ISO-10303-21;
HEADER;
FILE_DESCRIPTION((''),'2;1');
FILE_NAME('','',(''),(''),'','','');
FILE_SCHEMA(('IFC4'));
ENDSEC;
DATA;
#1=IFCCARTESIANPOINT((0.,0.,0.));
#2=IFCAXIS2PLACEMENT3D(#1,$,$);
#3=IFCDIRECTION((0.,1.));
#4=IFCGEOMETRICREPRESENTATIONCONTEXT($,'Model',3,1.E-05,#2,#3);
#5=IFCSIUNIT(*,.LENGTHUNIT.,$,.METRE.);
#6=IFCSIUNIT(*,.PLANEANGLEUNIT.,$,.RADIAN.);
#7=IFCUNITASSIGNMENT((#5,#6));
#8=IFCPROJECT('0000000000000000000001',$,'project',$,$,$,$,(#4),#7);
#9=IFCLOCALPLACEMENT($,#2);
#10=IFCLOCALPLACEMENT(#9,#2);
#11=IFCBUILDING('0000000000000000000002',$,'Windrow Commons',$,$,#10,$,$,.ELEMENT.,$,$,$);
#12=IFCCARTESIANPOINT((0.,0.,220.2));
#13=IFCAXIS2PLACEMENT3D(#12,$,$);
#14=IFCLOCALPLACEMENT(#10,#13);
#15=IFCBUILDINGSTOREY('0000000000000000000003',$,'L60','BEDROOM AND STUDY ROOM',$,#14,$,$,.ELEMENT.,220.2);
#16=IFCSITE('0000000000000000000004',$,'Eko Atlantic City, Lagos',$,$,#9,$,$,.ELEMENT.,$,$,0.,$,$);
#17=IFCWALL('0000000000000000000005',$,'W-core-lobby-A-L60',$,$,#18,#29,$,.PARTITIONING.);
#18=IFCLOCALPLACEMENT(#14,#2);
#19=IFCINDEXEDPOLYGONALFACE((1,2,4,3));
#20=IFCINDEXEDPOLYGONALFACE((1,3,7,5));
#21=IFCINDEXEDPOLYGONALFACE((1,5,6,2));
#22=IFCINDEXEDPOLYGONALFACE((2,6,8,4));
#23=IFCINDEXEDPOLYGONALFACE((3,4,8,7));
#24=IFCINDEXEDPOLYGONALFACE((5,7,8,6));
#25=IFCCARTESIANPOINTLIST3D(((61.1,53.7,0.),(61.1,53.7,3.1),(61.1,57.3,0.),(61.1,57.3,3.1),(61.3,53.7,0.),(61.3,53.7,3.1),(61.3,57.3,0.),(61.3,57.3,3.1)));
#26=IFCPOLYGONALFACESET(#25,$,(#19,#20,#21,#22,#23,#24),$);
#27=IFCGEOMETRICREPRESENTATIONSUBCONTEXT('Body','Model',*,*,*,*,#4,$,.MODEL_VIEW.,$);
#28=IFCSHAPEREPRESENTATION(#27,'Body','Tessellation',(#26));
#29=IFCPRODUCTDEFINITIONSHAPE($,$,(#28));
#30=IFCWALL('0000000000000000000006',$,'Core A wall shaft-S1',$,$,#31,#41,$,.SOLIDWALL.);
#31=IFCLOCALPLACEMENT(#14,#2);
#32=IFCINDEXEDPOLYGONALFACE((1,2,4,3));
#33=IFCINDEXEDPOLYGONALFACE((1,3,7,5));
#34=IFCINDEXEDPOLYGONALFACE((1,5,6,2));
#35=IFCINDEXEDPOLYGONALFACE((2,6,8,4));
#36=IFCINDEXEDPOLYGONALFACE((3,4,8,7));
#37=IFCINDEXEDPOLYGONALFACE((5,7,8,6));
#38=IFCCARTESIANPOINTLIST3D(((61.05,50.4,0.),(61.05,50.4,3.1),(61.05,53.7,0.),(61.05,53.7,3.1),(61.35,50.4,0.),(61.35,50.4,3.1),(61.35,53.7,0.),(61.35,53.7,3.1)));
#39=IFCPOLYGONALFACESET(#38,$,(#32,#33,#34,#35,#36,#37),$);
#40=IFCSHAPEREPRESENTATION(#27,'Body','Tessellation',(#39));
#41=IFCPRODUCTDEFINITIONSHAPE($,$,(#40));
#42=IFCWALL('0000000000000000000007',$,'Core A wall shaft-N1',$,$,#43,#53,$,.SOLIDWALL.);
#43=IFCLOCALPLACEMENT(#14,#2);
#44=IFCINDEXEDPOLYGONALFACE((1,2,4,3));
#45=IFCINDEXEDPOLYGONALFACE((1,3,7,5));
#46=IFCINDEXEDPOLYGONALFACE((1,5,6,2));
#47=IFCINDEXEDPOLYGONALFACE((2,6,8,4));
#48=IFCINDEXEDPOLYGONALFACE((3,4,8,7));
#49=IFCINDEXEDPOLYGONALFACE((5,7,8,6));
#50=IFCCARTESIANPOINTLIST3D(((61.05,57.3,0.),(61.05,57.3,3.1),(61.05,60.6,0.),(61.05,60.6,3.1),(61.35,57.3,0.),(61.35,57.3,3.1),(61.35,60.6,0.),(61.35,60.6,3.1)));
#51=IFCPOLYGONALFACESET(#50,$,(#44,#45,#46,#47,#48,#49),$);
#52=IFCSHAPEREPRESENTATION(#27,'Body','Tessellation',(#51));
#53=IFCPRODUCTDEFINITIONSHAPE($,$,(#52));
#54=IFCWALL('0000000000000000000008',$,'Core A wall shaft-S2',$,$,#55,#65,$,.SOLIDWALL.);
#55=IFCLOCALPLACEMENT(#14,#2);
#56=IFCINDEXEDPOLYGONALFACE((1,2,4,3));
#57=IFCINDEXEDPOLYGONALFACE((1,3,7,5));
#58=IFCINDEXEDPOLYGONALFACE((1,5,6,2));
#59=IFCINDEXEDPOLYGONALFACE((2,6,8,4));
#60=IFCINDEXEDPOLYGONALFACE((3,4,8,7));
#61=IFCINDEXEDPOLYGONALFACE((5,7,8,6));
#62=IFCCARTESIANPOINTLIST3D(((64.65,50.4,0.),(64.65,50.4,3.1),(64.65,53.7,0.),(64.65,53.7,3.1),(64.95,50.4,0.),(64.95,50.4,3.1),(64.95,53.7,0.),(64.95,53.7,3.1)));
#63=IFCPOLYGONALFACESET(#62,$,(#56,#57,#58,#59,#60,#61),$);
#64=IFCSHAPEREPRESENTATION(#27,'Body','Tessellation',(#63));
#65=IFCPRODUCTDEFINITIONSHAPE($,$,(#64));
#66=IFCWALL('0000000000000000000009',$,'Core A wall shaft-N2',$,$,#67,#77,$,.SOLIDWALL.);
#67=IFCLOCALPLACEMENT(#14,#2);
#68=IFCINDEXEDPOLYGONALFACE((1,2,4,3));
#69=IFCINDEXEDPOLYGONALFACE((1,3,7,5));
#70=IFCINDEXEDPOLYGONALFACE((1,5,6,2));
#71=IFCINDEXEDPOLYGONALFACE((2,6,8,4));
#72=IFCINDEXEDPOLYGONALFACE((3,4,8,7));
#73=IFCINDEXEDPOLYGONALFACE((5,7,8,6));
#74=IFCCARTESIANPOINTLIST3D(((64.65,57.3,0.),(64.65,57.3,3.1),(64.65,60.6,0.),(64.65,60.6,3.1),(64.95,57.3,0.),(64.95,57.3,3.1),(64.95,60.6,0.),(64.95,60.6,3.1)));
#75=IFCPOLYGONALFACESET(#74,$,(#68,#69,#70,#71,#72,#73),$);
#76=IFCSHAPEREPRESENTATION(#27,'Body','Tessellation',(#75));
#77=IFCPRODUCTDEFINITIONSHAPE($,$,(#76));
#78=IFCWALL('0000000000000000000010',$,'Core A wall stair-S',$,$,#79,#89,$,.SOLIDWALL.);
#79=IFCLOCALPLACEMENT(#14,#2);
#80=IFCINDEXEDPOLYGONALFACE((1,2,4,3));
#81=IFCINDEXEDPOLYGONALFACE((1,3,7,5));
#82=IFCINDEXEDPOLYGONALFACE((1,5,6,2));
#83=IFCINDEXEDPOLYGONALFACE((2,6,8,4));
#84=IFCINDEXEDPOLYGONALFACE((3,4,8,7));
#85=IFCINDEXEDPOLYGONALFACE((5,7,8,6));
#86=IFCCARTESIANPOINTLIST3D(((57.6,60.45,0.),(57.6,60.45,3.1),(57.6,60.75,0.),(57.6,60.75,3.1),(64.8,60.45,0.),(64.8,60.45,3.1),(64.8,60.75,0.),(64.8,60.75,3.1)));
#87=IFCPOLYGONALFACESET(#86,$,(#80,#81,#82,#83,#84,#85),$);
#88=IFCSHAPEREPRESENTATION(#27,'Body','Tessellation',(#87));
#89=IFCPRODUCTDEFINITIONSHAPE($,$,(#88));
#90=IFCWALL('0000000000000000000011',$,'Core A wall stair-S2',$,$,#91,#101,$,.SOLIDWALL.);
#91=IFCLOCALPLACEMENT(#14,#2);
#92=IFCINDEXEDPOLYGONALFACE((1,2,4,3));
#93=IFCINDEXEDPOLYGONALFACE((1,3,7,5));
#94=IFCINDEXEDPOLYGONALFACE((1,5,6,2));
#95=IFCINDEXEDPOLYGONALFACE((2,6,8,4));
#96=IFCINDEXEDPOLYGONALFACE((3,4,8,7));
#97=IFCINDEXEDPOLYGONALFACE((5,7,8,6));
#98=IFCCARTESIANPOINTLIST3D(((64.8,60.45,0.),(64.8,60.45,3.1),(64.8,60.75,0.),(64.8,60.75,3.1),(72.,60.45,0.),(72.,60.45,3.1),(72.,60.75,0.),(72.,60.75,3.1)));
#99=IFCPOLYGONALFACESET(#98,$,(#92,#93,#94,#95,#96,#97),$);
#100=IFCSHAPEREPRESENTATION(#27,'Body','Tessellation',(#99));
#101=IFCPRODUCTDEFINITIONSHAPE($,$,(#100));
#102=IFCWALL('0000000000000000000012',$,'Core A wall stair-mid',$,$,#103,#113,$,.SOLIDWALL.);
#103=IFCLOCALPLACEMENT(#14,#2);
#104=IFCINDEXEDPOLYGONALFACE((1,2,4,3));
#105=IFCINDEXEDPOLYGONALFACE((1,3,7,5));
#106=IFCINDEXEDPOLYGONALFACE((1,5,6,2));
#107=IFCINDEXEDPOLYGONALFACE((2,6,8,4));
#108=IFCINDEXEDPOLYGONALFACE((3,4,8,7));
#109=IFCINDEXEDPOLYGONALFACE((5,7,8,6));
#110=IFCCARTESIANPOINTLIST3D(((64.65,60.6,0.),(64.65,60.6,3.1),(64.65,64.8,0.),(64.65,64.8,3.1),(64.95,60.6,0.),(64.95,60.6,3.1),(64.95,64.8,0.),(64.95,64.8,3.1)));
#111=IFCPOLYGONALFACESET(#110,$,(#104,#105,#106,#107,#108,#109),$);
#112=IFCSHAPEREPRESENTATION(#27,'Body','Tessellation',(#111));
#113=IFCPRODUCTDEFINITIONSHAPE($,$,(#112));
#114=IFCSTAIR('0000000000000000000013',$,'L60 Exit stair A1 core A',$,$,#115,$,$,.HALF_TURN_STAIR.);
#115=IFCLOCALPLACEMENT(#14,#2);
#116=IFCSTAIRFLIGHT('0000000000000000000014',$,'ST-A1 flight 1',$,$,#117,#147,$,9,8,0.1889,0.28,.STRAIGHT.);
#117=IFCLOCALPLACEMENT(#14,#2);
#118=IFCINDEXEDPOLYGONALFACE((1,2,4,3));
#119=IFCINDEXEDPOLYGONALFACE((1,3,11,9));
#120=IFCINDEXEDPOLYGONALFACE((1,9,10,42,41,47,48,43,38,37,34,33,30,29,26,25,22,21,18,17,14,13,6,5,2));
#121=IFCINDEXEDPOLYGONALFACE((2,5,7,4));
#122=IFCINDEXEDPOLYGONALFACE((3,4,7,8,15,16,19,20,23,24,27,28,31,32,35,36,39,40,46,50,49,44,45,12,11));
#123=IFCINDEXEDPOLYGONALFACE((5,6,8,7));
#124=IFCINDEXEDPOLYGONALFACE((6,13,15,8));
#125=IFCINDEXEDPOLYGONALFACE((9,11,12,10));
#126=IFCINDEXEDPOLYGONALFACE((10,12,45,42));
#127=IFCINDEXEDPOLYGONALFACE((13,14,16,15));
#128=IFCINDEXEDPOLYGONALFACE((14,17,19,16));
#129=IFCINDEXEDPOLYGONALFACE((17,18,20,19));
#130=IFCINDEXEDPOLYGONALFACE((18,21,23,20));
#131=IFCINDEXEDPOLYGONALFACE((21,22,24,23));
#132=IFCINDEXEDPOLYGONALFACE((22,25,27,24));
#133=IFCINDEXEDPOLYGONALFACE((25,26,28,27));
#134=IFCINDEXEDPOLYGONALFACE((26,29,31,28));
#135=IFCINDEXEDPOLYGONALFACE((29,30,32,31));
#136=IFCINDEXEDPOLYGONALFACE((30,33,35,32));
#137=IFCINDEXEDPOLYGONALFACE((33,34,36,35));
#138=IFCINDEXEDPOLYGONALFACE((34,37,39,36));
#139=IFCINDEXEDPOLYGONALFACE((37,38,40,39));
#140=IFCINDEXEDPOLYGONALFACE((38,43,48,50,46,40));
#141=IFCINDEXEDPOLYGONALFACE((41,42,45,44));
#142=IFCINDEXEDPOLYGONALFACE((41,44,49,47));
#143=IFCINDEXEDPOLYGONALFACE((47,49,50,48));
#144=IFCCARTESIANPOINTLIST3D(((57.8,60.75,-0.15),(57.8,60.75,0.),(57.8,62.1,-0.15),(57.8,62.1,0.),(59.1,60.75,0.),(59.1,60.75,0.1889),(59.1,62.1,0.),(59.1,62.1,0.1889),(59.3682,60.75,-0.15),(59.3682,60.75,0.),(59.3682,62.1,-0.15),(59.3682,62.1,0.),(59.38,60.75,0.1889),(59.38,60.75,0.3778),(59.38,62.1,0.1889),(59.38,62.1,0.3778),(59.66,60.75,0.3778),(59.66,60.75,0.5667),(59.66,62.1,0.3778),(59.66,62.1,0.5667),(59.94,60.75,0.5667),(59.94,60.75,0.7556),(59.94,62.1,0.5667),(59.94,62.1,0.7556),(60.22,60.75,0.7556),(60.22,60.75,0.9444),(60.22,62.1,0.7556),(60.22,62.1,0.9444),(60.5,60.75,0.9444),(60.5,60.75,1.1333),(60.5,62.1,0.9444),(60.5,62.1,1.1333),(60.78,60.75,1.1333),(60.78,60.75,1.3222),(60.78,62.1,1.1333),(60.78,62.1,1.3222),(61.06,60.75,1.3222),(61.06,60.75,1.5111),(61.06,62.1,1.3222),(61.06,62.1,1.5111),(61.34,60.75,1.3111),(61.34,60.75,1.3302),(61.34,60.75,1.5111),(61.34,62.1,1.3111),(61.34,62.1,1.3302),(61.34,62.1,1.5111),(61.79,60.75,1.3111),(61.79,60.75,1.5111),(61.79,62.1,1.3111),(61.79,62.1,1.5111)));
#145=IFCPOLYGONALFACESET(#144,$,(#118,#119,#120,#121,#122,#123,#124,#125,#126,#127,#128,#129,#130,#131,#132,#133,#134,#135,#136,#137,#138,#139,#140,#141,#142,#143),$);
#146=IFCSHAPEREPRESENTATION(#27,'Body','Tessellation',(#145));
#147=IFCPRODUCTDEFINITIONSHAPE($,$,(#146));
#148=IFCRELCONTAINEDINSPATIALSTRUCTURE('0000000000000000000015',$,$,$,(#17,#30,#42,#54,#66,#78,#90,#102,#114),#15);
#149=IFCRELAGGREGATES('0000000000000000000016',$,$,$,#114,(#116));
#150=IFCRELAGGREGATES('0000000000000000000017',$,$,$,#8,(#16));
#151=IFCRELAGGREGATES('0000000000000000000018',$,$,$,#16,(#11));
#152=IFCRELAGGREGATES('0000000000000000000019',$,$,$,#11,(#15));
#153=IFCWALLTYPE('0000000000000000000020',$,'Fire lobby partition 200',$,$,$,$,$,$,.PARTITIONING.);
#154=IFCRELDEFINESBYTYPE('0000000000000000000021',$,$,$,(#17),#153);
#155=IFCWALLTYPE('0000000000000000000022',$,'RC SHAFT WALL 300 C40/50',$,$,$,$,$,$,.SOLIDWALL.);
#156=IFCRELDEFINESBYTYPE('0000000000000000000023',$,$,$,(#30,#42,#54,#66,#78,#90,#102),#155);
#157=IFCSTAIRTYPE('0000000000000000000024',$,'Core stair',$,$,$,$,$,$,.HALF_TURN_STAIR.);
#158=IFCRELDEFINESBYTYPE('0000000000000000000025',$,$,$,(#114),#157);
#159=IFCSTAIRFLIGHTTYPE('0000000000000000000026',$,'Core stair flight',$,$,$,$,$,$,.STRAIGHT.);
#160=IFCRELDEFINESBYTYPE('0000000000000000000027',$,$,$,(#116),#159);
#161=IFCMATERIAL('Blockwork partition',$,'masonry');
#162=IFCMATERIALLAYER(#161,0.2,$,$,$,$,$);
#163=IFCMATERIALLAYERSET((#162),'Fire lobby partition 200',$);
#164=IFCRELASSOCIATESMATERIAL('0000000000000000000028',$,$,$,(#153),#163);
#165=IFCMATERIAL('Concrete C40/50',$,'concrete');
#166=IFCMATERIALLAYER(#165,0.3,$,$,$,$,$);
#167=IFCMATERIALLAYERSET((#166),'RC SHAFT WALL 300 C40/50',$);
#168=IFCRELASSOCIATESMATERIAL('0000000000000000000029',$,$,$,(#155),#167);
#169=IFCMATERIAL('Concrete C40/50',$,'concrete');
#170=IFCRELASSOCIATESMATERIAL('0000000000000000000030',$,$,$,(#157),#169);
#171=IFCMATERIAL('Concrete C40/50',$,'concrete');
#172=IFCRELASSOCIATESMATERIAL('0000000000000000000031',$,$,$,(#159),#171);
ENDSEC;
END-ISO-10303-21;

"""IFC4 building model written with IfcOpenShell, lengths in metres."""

from ifc_helpers import new_model, si_unit, direction, frame, frame_2d, origin, place, context, subcontext, project, spatial, polyline, rectangle, outline, extrude, material, layer, layer_set, type_object, element, aggregate, save


model = new_model("IFC4")

# Units and contexts
model_context = context("Model", 3, precision=1e-05, world=origin(), true_north=direction((0.0, 1.0)))
body_context = subcontext(model_context, "Body", "Model", "MODEL_VIEW")
ifc_project = project(units=[si_unit("LENGTHUNIT", "METRE"), si_unit("PLANEANGLEUNIT", "RADIAN")], contexts=[model_context])

# Site, building, storey
site_placement = place(None, origin())
site = spatial("IfcSite", under=ifc_project, at=site_placement, Name="Eko Atlantic City, Lagos", CompositionType="ELEMENT", RefElevation=0.0)
building_placement = place(site_placement, origin())
building = spatial("IfcBuilding", under=site, at=building_placement, Name="Windrow Commons", CompositionType="ELEMENT")
storey_placement = place(building_placement, frame((0.0, 0.0, 220.2)))
storey = spatial("IfcBuildingStorey", under=building, at=storey_placement, Name="L60", Description="BEDROOM AND STUDY ROOM", CompositionType="ELEMENT", Elevation=220.2)

# Walls
ifc_material_1 = material(Name="Blockwork partition", Category="masonry")
ifc_layer_1 = layer(ifc_material_1, 0.2)
ifc_layer_set_1 = layer_set([ifc_layer_1], Name="Fire lobby partition 200")
wall_type_1 = type_object("IfcWallType", Name="Fire lobby partition 200", PredefinedType="PARTITIONING", material=ifc_layer_set_1)
wall_1_placement = place(storey_placement, frame((61.2, 53.7, 0.0), z_axis=(0.0, 0.0, 1.0), x_axis=(0.0, 1.0, 0.0)))
element("IfcWall", 1, at=wall_1_placement, inside=storey, type_object=wall_type_1, Name="W-core-lobby-A-L60", PredefinedType="PARTITIONING", context=body_context, shape_type="SweptSolid", body=[
    extrude(rectangle(XDim=3.6, YDim=0.2, at=frame_2d((1.8, 0.0))), origin(), (0.0, 0.0, 1.0), 3.1),
])
ifc_material_2 = material(Name="Concrete C40/50", Category="concrete")
ifc_layer_2 = layer(ifc_material_2, 0.3)
ifc_layer_set_2 = layer_set([ifc_layer_2], Name="RC SHAFT WALL 300 C40/50")
wall_type_2 = type_object("IfcWallType", Name="RC SHAFT WALL 300 C40/50", PredefinedType="SOLIDWALL", material=ifc_layer_set_2)
for number, where, z_axis, x_axis, name in (
    (2, (61.2, 50.4, 0.0), (0.0, 0.0, 1.0), (0.0, 1.0, 0.0), "Core A wall shaft-S1"),
    (3, (61.2, 57.3, 0.0), (0.0, 0.0, 1.0), (0.0, 1.0, 0.0), "Core A wall shaft-N1"),
    (4, (64.8, 50.4, 0.0), (0.0, 0.0, 1.0), (0.0, 1.0, 0.0), "Core A wall shaft-S2"),
    (5, (64.8, 57.3, 0.0), (0.0, 0.0, 1.0), (0.0, 1.0, 0.0), "Core A wall shaft-N2"),
):
    element("IfcWall", number, at=place(storey_placement, frame(where, z_axis=z_axis, x_axis=x_axis)), inside=storey, type_object=wall_type_2, Name=name, PredefinedType="SOLIDWALL", context=body_context, shape_type="SweptSolid", body=[
        extrude(rectangle(XDim=3.3, YDim=0.3, at=frame_2d((1.65, 0.0))), origin(), (0.0, 0.0, 1.0), 3.1),
    ])
for number, where, z_axis, x_axis, name in (
    (6, (57.6, 60.6, 0.0), (0.0, 0.0, 1.0), (1.0, 0.0, 0.0), "Core A wall stair-S"),
    (7, (64.8, 60.6, 0.0), (0.0, 0.0, 1.0), (1.0, 0.0, 0.0), "Core A wall stair-S2"),
):
    element("IfcWall", number, at=place(storey_placement, frame(where, z_axis=z_axis, x_axis=x_axis)), inside=storey, type_object=wall_type_2, Name=name, PredefinedType="SOLIDWALL", context=body_context, shape_type="SweptSolid", body=[
        extrude(rectangle(XDim=7.2, YDim=0.3, at=frame_2d((3.6, 0.0))), origin(), (0.0, 0.0, 1.0), 3.1),
    ])
wall_2_placement = place(storey_placement, frame((64.8, 60.6, 0.0), z_axis=(0.0, 0.0, 1.0), x_axis=(0.0, 1.0, 0.0)))
element("IfcWall", 8, at=wall_2_placement, inside=storey, type_object=wall_type_2, Name="Core A wall stair-mid", PredefinedType="SOLIDWALL", context=body_context, shape_type="SweptSolid", body=[
    extrude(rectangle(XDim=4.2, YDim=0.3, at=frame_2d((2.1, 0.0))), origin(), (0.0, 0.0, 1.0), 3.1),
])

# Stair, stair flight
ifc_material_3 = material(Name="Concrete C40/50", Category="concrete")
stair_type = type_object("IfcStairType", Name="Core stair", PredefinedType="HALF_TURN_STAIR", material=ifc_material_3)
stair_placement = place(storey_placement, origin())
stair = element("IfcStair", 9, at=stair_placement, inside=storey, type_object=stair_type, Name="L60 Exit stair A1 core A", PredefinedType="HALF_TURN_STAIR")
ifc_material_4 = material(Name="Concrete C40/50", Category="concrete")
stair_flight_type = type_object("IfcStairFlightType", Name="Core stair flight", PredefinedType="STRAIGHT", material=ifc_material_4)
stair_flight_placement = place(storey_placement, frame((59.1, 61.425, 0.0), z_axis=(0.0, 0.0, 1.0), x_axis=(1.0, 0.0, 0.0)))
stair_flight = element("IfcStairFlight", 10, at=stair_flight_placement, type_object=stair_flight_type, Name="ST-A1 flight 1", NumberOfRisers=9, NumberOfTreads=8, PredefinedType="STRAIGHT", RiserHeight=0.1889, TreadLength=0.28, context=body_context, shape_type="SweptSolid", body=[
    extrude(outline(polyline([(-1.3, -0.15), (-1.3, 0.0), (0.0, 0.0), (0.0, 0.1889), (0.28, 0.1889), (0.28, 0.3778), (0.56, 0.3778), (0.56, 0.5667), (0.84, 0.5667), (0.84, 0.7556), (1.12, 0.7556), (1.12, 0.9444), (1.4, 0.9444), (1.4, 1.1333), (1.68, 1.1333), (1.68, 1.3222), (1.96, 1.3222), (1.96, 1.5111), (2.24, 1.5111), (2.69, 1.5111), (2.69, 1.3111), (2.24, 1.3111), (2.24, 1.3302), (0.2682, 0.0), (0.2682, -0.15), (-1.3, -0.15)])), frame((0.0, 0.675, 0.0), z_axis=(0.0, -1.0, 0.0), x_axis=(1.0, 0.0, 0.0)), (0.0, 0.0, 1.0), 1.35),
])
aggregate(stair, [stair_flight])

save(model, "model.ifc")
